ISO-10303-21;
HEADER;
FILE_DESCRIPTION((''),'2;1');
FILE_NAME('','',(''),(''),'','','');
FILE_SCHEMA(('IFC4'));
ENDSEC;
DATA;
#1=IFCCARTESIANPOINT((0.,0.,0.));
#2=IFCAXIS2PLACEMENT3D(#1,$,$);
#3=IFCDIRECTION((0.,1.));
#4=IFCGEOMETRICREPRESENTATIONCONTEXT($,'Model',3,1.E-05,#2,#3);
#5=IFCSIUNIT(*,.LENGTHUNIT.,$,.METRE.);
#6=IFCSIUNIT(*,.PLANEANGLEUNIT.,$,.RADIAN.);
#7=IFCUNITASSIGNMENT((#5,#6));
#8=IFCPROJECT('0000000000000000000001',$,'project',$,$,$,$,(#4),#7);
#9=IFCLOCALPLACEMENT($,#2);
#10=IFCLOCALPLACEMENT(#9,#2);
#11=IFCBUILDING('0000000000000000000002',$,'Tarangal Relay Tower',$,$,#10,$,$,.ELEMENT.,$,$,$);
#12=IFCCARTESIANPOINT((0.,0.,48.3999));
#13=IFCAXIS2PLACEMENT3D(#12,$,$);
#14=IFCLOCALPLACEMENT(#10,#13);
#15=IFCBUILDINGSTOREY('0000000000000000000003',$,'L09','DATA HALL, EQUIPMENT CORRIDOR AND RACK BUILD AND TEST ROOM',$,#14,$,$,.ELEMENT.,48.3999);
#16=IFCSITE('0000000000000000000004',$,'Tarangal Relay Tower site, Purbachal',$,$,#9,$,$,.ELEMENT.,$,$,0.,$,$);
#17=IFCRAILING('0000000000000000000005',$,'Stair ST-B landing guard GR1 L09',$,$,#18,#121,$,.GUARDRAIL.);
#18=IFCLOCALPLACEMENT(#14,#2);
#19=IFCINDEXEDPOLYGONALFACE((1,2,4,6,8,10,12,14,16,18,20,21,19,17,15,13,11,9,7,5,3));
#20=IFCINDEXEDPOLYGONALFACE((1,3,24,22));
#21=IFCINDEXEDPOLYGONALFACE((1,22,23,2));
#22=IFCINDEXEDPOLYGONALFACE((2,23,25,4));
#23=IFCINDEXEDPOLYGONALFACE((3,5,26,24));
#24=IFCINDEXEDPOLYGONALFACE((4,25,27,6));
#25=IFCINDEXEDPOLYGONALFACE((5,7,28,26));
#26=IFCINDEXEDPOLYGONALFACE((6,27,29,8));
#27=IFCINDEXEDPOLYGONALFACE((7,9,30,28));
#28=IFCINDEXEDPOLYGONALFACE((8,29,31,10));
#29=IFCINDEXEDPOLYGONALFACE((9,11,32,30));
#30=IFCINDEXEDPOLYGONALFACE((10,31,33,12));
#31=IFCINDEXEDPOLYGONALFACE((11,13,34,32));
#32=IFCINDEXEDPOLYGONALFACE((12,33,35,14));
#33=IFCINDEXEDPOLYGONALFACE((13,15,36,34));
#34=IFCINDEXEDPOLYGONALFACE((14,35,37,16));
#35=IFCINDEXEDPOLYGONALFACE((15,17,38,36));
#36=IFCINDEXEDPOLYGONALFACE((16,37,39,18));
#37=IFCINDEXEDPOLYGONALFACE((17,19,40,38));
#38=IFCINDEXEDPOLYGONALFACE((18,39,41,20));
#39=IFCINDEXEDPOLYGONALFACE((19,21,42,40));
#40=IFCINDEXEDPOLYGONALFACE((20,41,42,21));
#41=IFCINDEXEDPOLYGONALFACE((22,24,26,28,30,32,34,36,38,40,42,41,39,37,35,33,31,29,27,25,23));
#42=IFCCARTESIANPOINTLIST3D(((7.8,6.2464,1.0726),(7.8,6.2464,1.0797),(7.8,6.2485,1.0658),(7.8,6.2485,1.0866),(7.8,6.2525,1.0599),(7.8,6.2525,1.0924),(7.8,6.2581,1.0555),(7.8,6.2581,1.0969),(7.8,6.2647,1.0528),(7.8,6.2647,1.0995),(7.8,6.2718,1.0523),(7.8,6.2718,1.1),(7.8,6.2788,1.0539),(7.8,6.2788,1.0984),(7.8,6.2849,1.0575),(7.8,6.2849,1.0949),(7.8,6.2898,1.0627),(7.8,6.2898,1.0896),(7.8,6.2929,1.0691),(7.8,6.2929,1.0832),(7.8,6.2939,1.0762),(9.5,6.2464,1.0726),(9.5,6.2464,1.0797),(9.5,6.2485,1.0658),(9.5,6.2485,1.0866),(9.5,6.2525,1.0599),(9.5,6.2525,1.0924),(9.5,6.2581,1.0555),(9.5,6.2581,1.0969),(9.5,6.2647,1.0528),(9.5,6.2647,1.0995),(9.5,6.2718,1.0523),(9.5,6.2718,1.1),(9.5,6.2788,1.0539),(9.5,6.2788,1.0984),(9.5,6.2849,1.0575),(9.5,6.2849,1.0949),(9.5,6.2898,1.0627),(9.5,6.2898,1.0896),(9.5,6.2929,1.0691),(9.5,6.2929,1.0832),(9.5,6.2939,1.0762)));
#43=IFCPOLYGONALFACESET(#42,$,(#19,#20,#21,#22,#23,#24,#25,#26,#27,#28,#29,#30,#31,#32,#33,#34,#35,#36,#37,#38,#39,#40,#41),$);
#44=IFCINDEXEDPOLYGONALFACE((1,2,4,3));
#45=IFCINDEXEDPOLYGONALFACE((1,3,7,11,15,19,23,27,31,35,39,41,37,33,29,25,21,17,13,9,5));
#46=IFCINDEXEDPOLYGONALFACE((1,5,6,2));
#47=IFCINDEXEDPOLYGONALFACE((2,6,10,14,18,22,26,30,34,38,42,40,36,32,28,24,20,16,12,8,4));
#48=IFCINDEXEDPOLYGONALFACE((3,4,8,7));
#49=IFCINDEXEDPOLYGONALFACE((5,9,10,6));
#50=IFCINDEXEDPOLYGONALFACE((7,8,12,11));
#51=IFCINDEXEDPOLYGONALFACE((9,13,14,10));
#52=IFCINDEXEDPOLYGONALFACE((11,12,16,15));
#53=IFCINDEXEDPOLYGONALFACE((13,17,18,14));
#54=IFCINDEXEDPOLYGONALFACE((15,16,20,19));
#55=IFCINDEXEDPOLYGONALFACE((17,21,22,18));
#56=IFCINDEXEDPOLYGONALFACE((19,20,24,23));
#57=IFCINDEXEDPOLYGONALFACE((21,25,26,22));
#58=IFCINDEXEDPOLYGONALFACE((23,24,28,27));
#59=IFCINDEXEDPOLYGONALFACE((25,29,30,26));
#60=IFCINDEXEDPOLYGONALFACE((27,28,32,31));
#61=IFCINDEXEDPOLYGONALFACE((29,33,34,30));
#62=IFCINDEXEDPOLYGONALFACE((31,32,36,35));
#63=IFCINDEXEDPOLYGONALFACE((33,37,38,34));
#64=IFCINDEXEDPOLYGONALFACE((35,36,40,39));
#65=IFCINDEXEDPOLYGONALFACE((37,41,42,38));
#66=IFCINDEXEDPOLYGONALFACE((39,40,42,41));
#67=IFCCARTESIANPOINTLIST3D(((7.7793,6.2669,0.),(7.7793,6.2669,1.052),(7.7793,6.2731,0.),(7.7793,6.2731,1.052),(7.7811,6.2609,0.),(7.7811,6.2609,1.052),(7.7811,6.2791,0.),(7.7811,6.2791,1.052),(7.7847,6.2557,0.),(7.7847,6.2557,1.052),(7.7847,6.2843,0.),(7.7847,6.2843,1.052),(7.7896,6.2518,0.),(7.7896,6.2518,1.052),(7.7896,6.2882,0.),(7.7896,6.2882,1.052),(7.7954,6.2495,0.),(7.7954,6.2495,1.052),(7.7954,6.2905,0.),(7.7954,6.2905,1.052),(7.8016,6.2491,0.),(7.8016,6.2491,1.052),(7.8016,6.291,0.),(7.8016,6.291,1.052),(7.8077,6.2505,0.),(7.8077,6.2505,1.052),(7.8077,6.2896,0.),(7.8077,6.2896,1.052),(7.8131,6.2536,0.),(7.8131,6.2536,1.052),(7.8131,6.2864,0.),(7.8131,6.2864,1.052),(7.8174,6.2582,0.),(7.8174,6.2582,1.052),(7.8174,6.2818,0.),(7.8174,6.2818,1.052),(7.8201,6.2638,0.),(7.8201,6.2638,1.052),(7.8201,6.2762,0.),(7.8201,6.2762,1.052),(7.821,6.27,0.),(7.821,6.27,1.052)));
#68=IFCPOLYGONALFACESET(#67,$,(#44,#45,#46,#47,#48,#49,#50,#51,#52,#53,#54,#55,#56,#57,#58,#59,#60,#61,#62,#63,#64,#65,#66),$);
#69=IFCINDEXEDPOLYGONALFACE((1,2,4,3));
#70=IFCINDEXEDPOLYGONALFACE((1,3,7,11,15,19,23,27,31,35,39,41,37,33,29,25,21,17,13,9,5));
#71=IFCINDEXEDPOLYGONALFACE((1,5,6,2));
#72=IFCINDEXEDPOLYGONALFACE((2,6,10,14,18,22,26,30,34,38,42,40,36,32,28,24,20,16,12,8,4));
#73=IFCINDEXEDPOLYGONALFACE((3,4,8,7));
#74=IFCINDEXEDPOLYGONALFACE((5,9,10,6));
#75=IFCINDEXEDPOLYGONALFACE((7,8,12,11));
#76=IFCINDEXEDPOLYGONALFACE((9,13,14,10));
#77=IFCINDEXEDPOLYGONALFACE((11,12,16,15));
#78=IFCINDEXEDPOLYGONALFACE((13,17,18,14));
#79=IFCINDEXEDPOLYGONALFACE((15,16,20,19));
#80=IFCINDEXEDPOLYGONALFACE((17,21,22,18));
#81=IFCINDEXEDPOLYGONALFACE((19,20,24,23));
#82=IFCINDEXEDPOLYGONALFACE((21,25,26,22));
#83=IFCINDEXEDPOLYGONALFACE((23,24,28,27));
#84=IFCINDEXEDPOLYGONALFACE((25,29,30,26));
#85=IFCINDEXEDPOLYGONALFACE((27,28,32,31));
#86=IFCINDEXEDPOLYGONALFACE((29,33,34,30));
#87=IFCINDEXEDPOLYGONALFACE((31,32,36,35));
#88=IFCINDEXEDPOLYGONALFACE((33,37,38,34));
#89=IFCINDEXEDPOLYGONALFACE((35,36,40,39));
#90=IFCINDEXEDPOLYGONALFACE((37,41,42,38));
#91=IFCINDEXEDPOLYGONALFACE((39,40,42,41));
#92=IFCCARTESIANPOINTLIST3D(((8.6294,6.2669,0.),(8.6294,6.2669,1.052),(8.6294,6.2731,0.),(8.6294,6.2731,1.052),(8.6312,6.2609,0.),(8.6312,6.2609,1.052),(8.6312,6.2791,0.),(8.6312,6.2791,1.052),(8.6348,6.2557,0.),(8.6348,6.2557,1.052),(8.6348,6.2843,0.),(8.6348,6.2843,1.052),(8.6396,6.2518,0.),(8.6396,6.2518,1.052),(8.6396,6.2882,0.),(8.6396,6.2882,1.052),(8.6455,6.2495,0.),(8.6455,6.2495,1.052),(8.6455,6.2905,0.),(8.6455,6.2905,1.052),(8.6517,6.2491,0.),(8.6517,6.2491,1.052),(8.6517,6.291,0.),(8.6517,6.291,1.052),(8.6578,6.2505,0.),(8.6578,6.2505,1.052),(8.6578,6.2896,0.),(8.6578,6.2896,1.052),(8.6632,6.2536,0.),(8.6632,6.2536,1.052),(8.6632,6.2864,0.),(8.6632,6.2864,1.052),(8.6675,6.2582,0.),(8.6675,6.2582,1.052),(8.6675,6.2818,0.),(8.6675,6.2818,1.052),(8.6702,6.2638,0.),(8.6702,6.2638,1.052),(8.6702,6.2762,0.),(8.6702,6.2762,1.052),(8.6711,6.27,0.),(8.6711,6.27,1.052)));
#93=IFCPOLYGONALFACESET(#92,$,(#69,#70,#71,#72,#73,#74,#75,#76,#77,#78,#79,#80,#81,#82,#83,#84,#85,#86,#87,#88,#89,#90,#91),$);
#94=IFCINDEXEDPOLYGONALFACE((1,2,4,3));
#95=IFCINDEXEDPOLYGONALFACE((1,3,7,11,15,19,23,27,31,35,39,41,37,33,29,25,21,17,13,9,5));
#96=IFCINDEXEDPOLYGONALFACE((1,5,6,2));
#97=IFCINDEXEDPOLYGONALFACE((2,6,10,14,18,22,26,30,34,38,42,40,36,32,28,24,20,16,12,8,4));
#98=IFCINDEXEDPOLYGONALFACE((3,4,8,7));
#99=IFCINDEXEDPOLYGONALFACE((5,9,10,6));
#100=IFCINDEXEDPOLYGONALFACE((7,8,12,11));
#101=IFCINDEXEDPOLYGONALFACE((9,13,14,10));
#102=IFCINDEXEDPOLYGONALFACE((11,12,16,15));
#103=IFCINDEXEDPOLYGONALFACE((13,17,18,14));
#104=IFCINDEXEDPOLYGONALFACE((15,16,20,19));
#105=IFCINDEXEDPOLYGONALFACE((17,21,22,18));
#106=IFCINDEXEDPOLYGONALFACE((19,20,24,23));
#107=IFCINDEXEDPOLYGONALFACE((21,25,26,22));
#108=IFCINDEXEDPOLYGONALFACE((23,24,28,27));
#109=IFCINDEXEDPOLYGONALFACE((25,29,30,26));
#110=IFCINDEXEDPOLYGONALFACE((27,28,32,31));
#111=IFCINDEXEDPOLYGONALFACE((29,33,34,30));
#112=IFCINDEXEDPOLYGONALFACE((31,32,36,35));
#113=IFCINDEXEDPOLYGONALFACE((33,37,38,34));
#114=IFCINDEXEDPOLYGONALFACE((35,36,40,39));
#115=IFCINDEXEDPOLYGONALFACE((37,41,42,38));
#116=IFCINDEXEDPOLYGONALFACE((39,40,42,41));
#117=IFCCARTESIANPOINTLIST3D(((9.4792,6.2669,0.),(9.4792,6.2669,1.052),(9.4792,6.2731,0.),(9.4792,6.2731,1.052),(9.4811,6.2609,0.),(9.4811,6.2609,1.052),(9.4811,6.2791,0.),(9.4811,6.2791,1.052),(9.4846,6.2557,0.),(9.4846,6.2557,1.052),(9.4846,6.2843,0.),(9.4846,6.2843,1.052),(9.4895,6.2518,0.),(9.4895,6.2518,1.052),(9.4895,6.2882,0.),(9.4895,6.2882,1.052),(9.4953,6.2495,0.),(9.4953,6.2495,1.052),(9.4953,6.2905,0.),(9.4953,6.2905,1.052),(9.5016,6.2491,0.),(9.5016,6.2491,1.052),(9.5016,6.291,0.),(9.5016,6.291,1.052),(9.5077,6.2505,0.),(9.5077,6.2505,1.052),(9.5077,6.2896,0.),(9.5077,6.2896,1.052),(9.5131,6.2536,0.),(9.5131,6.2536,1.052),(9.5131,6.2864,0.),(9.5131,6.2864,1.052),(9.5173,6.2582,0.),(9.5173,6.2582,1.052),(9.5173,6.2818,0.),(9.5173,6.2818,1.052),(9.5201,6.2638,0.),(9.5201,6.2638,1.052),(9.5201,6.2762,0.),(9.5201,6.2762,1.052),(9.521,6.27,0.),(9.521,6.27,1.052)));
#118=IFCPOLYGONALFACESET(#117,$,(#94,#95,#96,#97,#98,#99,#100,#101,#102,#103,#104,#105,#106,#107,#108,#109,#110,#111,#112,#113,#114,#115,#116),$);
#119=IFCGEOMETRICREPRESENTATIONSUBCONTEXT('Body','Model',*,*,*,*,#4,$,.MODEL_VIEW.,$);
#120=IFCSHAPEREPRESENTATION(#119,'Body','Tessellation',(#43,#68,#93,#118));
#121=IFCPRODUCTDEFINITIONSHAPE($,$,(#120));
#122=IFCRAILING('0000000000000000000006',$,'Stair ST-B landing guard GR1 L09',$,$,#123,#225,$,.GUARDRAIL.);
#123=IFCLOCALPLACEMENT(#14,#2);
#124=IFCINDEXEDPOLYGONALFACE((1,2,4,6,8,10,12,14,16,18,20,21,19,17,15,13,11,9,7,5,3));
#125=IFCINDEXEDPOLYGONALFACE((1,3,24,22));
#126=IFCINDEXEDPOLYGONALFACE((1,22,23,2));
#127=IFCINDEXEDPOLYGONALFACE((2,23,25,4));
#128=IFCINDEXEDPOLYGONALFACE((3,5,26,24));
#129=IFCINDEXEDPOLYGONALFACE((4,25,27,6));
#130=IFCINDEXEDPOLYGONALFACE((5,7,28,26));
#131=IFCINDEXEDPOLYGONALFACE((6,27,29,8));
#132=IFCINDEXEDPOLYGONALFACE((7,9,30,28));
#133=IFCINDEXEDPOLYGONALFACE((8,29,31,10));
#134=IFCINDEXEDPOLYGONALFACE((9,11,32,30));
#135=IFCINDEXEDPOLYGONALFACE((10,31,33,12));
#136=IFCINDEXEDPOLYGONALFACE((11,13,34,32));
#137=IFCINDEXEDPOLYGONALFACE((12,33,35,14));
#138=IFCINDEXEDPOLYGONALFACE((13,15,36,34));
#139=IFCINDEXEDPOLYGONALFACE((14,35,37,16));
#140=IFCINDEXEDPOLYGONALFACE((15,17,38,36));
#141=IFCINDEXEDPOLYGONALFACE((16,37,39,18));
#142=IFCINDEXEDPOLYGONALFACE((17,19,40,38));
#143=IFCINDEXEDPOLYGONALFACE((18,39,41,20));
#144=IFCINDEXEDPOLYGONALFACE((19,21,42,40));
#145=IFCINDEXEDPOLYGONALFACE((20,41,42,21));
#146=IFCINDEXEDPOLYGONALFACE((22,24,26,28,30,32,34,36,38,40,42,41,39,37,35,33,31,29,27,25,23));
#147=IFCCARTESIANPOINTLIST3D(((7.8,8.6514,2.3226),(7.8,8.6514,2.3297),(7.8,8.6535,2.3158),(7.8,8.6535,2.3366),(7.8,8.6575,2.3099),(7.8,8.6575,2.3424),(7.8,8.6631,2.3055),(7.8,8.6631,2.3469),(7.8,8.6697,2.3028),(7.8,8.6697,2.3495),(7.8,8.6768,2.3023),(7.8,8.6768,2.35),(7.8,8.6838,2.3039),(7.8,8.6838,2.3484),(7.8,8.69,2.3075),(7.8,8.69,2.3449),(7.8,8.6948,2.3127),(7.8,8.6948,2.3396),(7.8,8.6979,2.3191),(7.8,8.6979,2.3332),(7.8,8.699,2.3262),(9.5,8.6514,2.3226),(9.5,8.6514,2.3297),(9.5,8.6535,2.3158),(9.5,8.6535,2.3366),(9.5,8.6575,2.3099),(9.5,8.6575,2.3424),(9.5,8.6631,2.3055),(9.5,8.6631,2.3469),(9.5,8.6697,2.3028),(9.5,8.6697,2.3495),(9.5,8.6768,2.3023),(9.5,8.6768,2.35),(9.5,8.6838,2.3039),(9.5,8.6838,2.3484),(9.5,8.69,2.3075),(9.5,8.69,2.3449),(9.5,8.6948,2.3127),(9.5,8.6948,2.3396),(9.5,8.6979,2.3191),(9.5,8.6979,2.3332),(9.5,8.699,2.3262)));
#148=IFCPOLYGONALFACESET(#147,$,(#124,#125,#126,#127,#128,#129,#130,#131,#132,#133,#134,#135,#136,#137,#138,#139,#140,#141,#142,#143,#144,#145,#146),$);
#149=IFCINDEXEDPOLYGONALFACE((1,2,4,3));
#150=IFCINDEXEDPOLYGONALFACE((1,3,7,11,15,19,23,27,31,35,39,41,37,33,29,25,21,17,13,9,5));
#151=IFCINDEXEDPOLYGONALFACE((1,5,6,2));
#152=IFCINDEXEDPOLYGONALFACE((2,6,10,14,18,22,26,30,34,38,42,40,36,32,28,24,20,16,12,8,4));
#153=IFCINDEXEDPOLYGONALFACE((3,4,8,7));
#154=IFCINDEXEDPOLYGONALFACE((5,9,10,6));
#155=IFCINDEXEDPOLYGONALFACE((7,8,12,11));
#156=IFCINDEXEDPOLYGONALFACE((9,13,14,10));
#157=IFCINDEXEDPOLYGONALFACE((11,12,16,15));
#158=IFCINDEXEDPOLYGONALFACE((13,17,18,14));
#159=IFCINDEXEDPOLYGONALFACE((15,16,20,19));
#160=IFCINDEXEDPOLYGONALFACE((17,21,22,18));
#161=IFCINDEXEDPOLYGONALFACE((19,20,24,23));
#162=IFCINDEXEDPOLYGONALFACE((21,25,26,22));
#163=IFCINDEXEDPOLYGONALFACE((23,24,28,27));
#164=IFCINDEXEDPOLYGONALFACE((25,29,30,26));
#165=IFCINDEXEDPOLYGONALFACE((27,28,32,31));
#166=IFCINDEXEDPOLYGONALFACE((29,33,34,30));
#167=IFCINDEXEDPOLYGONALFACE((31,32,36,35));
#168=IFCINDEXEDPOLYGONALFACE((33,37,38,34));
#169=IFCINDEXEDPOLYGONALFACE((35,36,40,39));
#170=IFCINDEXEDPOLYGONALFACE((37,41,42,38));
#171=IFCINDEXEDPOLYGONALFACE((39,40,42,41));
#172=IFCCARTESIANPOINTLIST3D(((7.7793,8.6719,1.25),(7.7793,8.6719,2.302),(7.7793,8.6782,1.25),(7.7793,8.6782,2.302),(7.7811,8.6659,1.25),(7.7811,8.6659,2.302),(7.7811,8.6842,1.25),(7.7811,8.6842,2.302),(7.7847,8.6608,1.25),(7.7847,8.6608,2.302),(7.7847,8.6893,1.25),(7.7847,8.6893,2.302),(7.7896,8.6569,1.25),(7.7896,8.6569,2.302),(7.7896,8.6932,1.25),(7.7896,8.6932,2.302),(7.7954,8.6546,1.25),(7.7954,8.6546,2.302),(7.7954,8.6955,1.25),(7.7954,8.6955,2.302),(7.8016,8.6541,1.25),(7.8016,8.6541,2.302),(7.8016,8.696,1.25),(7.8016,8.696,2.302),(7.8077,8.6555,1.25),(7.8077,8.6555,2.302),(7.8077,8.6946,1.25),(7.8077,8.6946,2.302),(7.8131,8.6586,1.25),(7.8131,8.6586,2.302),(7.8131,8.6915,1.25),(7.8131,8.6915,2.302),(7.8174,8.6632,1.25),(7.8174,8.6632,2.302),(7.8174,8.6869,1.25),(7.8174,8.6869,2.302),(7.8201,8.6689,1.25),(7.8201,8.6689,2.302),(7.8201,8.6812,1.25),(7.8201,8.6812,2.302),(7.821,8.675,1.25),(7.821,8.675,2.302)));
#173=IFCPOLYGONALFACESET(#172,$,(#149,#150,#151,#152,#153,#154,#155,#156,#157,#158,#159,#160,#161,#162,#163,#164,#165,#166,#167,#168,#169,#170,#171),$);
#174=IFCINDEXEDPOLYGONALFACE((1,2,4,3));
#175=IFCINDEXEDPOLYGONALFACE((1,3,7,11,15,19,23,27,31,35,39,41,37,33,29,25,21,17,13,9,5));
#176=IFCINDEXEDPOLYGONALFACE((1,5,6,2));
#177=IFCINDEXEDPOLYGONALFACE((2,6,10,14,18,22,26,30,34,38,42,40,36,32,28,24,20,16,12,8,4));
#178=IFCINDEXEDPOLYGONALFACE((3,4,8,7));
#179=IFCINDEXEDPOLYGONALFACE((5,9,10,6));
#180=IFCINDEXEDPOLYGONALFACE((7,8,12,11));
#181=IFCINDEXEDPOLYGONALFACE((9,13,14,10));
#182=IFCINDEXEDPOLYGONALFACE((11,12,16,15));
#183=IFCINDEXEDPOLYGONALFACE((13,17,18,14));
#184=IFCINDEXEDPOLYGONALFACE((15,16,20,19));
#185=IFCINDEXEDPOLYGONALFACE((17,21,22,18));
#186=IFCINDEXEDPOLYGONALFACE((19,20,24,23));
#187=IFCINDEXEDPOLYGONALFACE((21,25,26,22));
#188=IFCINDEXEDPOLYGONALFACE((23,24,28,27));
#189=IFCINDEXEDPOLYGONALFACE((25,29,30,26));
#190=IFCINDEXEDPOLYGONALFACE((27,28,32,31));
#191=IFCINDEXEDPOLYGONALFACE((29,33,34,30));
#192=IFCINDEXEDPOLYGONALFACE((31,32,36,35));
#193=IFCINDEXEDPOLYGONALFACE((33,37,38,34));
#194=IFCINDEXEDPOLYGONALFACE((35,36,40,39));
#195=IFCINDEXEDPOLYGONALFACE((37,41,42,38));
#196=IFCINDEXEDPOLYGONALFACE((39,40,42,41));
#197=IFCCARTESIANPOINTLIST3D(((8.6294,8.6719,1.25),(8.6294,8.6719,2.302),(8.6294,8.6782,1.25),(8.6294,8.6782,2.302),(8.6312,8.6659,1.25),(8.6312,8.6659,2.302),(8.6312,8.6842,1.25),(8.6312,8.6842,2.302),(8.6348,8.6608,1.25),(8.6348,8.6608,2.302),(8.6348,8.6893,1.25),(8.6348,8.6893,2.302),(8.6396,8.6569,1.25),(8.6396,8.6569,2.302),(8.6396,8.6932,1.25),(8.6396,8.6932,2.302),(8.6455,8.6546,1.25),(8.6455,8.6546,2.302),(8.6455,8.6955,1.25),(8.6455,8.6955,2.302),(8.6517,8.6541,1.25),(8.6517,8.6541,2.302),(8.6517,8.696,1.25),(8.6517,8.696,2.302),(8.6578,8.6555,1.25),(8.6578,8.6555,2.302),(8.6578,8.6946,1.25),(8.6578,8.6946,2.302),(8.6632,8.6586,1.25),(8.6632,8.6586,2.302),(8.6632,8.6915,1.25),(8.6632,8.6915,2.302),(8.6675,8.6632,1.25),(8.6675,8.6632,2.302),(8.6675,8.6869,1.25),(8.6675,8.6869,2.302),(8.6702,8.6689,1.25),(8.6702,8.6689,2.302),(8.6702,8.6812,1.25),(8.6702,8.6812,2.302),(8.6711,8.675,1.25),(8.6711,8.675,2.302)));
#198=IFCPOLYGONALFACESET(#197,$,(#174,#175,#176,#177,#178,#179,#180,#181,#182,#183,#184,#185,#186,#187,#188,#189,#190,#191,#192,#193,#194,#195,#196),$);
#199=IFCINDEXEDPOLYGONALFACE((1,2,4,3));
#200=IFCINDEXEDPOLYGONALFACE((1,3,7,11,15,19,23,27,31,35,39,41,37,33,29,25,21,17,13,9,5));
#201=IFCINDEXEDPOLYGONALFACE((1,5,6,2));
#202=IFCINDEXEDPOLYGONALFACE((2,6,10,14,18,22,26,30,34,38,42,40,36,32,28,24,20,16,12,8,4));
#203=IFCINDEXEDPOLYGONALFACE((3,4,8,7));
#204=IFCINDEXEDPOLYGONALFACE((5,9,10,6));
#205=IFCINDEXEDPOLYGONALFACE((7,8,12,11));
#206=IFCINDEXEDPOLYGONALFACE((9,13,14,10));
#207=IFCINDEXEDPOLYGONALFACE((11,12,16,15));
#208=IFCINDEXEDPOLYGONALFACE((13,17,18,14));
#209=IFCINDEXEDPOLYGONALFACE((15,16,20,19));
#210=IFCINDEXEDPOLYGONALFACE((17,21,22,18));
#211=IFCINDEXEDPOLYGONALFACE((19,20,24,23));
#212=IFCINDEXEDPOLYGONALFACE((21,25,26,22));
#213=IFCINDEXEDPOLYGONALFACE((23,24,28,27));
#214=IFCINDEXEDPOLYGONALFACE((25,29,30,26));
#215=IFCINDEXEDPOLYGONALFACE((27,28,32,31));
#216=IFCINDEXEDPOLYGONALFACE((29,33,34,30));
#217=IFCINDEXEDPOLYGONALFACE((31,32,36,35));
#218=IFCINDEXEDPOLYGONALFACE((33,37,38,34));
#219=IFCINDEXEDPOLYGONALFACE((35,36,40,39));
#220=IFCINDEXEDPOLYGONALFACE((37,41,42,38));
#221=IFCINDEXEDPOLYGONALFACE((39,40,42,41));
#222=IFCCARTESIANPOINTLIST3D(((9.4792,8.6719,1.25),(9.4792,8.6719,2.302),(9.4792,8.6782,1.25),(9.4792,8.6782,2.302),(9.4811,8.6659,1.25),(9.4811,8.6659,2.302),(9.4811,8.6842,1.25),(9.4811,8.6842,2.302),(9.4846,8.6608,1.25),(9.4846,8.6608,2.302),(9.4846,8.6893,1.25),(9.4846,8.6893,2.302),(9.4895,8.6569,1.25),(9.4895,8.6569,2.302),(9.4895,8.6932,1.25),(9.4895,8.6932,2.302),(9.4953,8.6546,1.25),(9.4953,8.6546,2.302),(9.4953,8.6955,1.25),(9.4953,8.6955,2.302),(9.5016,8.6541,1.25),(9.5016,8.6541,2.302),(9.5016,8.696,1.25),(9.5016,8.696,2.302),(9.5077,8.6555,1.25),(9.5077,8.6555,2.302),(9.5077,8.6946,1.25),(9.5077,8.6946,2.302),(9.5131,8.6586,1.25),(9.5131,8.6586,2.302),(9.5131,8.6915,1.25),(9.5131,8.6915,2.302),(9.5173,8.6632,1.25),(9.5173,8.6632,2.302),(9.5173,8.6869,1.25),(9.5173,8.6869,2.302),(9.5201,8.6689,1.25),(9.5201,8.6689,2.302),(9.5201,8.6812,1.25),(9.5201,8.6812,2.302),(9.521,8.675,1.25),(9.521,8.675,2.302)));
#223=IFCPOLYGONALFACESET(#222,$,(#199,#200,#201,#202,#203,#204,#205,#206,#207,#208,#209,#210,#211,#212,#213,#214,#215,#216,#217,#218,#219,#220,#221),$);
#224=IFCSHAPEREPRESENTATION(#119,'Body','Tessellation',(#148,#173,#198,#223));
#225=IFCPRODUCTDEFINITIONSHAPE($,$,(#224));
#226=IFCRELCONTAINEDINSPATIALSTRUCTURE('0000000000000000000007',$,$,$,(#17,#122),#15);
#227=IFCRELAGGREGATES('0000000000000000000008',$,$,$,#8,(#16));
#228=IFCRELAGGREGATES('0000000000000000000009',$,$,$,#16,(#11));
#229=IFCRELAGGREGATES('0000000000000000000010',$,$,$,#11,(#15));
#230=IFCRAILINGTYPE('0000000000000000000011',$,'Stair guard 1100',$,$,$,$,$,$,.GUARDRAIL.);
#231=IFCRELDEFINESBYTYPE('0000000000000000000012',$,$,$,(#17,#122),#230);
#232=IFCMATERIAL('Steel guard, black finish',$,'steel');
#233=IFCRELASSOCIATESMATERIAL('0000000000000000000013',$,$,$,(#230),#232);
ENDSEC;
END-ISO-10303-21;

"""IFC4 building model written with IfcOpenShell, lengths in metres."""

from ifc_helpers import new_model, si_unit, direction, frame, origin, origin_2d, place, context, subcontext, project, spatial, circle, extrude, material, type_object, element, save


model = new_model("IFC4")

# Units and contexts
model_context = context("Model", 3, precision=1e-05, world=origin(), true_north=direction((0.0, 1.0)))
body_context = subcontext(model_context, "Body", "Model", "MODEL_VIEW")
ifc_project = project(units=[si_unit("LENGTHUNIT", "METRE"), si_unit("PLANEANGLEUNIT", "RADIAN")], contexts=[model_context])

# Site, building, storey
site_placement = place(None, origin())
site = spatial("IfcSite", under=ifc_project, at=site_placement, Name="Tarangal Relay Tower site, Purbachal", CompositionType="ELEMENT", RefElevation=0.0)
building_placement = place(site_placement, origin())
building = spatial("IfcBuilding", under=site, at=building_placement, Name="Tarangal Relay Tower", CompositionType="ELEMENT")
storey_placement = place(building_placement, frame((0.0, 0.0, 48.3999)))
storey = spatial("IfcBuildingStorey", under=building, at=storey_placement, Name="L09", Description="DATA HALL, EQUIPMENT CORRIDOR AND RACK BUILD AND TEST ROOM", CompositionType="ELEMENT", Elevation=48.3999)

# Railings
ifc_material_1 = material(Name="Steel guard, black finish", Category="steel")
railing_type_1 = type_object("IfcRailingType", Name="Stair guard 1100", PredefinedType="GUARDRAIL", material=ifc_material_1)
for number, where, name in (
    (1, (7.8, 6.27, 0.0), "Stair ST-B landing guard GR1 L09"),
    (2, (7.8, 8.675, 1.25), "Stair ST-B landing guard GR1 L09"),
):
    element("IfcRailing", number, at=place(storey_placement, frame(where)), inside=storey, type_object=railing_type_1, Name=name, PredefinedType="GUARDRAIL", context=body_context, shape_type="SweptSolid", body=[
        extrude(circle(Radius=0.0239, at=origin_2d()), frame((0.0, 0.0, 1.0762), z_axis=(1.0, 0.0, 0.0), x_axis=(0.0, 1.0, 0.0)), (0.0, 0.0, 1.0), 1.7),
        extrude(circle(Radius=0.021, at=origin_2d()), origin(), (0.0, 0.0, 1.0), 1.052),
        extrude(circle(Radius=0.021, at=origin_2d()), frame((0.8501, 0.0, 0.0)), (0.0, 0.0, 1.0), 1.052),
        extrude(circle(Radius=0.021, at=origin_2d()), frame((1.7, 0.0, 0.0)), (0.0, 0.0, 1.0), 1.052),
    ])

save(model, "model.ifc")
